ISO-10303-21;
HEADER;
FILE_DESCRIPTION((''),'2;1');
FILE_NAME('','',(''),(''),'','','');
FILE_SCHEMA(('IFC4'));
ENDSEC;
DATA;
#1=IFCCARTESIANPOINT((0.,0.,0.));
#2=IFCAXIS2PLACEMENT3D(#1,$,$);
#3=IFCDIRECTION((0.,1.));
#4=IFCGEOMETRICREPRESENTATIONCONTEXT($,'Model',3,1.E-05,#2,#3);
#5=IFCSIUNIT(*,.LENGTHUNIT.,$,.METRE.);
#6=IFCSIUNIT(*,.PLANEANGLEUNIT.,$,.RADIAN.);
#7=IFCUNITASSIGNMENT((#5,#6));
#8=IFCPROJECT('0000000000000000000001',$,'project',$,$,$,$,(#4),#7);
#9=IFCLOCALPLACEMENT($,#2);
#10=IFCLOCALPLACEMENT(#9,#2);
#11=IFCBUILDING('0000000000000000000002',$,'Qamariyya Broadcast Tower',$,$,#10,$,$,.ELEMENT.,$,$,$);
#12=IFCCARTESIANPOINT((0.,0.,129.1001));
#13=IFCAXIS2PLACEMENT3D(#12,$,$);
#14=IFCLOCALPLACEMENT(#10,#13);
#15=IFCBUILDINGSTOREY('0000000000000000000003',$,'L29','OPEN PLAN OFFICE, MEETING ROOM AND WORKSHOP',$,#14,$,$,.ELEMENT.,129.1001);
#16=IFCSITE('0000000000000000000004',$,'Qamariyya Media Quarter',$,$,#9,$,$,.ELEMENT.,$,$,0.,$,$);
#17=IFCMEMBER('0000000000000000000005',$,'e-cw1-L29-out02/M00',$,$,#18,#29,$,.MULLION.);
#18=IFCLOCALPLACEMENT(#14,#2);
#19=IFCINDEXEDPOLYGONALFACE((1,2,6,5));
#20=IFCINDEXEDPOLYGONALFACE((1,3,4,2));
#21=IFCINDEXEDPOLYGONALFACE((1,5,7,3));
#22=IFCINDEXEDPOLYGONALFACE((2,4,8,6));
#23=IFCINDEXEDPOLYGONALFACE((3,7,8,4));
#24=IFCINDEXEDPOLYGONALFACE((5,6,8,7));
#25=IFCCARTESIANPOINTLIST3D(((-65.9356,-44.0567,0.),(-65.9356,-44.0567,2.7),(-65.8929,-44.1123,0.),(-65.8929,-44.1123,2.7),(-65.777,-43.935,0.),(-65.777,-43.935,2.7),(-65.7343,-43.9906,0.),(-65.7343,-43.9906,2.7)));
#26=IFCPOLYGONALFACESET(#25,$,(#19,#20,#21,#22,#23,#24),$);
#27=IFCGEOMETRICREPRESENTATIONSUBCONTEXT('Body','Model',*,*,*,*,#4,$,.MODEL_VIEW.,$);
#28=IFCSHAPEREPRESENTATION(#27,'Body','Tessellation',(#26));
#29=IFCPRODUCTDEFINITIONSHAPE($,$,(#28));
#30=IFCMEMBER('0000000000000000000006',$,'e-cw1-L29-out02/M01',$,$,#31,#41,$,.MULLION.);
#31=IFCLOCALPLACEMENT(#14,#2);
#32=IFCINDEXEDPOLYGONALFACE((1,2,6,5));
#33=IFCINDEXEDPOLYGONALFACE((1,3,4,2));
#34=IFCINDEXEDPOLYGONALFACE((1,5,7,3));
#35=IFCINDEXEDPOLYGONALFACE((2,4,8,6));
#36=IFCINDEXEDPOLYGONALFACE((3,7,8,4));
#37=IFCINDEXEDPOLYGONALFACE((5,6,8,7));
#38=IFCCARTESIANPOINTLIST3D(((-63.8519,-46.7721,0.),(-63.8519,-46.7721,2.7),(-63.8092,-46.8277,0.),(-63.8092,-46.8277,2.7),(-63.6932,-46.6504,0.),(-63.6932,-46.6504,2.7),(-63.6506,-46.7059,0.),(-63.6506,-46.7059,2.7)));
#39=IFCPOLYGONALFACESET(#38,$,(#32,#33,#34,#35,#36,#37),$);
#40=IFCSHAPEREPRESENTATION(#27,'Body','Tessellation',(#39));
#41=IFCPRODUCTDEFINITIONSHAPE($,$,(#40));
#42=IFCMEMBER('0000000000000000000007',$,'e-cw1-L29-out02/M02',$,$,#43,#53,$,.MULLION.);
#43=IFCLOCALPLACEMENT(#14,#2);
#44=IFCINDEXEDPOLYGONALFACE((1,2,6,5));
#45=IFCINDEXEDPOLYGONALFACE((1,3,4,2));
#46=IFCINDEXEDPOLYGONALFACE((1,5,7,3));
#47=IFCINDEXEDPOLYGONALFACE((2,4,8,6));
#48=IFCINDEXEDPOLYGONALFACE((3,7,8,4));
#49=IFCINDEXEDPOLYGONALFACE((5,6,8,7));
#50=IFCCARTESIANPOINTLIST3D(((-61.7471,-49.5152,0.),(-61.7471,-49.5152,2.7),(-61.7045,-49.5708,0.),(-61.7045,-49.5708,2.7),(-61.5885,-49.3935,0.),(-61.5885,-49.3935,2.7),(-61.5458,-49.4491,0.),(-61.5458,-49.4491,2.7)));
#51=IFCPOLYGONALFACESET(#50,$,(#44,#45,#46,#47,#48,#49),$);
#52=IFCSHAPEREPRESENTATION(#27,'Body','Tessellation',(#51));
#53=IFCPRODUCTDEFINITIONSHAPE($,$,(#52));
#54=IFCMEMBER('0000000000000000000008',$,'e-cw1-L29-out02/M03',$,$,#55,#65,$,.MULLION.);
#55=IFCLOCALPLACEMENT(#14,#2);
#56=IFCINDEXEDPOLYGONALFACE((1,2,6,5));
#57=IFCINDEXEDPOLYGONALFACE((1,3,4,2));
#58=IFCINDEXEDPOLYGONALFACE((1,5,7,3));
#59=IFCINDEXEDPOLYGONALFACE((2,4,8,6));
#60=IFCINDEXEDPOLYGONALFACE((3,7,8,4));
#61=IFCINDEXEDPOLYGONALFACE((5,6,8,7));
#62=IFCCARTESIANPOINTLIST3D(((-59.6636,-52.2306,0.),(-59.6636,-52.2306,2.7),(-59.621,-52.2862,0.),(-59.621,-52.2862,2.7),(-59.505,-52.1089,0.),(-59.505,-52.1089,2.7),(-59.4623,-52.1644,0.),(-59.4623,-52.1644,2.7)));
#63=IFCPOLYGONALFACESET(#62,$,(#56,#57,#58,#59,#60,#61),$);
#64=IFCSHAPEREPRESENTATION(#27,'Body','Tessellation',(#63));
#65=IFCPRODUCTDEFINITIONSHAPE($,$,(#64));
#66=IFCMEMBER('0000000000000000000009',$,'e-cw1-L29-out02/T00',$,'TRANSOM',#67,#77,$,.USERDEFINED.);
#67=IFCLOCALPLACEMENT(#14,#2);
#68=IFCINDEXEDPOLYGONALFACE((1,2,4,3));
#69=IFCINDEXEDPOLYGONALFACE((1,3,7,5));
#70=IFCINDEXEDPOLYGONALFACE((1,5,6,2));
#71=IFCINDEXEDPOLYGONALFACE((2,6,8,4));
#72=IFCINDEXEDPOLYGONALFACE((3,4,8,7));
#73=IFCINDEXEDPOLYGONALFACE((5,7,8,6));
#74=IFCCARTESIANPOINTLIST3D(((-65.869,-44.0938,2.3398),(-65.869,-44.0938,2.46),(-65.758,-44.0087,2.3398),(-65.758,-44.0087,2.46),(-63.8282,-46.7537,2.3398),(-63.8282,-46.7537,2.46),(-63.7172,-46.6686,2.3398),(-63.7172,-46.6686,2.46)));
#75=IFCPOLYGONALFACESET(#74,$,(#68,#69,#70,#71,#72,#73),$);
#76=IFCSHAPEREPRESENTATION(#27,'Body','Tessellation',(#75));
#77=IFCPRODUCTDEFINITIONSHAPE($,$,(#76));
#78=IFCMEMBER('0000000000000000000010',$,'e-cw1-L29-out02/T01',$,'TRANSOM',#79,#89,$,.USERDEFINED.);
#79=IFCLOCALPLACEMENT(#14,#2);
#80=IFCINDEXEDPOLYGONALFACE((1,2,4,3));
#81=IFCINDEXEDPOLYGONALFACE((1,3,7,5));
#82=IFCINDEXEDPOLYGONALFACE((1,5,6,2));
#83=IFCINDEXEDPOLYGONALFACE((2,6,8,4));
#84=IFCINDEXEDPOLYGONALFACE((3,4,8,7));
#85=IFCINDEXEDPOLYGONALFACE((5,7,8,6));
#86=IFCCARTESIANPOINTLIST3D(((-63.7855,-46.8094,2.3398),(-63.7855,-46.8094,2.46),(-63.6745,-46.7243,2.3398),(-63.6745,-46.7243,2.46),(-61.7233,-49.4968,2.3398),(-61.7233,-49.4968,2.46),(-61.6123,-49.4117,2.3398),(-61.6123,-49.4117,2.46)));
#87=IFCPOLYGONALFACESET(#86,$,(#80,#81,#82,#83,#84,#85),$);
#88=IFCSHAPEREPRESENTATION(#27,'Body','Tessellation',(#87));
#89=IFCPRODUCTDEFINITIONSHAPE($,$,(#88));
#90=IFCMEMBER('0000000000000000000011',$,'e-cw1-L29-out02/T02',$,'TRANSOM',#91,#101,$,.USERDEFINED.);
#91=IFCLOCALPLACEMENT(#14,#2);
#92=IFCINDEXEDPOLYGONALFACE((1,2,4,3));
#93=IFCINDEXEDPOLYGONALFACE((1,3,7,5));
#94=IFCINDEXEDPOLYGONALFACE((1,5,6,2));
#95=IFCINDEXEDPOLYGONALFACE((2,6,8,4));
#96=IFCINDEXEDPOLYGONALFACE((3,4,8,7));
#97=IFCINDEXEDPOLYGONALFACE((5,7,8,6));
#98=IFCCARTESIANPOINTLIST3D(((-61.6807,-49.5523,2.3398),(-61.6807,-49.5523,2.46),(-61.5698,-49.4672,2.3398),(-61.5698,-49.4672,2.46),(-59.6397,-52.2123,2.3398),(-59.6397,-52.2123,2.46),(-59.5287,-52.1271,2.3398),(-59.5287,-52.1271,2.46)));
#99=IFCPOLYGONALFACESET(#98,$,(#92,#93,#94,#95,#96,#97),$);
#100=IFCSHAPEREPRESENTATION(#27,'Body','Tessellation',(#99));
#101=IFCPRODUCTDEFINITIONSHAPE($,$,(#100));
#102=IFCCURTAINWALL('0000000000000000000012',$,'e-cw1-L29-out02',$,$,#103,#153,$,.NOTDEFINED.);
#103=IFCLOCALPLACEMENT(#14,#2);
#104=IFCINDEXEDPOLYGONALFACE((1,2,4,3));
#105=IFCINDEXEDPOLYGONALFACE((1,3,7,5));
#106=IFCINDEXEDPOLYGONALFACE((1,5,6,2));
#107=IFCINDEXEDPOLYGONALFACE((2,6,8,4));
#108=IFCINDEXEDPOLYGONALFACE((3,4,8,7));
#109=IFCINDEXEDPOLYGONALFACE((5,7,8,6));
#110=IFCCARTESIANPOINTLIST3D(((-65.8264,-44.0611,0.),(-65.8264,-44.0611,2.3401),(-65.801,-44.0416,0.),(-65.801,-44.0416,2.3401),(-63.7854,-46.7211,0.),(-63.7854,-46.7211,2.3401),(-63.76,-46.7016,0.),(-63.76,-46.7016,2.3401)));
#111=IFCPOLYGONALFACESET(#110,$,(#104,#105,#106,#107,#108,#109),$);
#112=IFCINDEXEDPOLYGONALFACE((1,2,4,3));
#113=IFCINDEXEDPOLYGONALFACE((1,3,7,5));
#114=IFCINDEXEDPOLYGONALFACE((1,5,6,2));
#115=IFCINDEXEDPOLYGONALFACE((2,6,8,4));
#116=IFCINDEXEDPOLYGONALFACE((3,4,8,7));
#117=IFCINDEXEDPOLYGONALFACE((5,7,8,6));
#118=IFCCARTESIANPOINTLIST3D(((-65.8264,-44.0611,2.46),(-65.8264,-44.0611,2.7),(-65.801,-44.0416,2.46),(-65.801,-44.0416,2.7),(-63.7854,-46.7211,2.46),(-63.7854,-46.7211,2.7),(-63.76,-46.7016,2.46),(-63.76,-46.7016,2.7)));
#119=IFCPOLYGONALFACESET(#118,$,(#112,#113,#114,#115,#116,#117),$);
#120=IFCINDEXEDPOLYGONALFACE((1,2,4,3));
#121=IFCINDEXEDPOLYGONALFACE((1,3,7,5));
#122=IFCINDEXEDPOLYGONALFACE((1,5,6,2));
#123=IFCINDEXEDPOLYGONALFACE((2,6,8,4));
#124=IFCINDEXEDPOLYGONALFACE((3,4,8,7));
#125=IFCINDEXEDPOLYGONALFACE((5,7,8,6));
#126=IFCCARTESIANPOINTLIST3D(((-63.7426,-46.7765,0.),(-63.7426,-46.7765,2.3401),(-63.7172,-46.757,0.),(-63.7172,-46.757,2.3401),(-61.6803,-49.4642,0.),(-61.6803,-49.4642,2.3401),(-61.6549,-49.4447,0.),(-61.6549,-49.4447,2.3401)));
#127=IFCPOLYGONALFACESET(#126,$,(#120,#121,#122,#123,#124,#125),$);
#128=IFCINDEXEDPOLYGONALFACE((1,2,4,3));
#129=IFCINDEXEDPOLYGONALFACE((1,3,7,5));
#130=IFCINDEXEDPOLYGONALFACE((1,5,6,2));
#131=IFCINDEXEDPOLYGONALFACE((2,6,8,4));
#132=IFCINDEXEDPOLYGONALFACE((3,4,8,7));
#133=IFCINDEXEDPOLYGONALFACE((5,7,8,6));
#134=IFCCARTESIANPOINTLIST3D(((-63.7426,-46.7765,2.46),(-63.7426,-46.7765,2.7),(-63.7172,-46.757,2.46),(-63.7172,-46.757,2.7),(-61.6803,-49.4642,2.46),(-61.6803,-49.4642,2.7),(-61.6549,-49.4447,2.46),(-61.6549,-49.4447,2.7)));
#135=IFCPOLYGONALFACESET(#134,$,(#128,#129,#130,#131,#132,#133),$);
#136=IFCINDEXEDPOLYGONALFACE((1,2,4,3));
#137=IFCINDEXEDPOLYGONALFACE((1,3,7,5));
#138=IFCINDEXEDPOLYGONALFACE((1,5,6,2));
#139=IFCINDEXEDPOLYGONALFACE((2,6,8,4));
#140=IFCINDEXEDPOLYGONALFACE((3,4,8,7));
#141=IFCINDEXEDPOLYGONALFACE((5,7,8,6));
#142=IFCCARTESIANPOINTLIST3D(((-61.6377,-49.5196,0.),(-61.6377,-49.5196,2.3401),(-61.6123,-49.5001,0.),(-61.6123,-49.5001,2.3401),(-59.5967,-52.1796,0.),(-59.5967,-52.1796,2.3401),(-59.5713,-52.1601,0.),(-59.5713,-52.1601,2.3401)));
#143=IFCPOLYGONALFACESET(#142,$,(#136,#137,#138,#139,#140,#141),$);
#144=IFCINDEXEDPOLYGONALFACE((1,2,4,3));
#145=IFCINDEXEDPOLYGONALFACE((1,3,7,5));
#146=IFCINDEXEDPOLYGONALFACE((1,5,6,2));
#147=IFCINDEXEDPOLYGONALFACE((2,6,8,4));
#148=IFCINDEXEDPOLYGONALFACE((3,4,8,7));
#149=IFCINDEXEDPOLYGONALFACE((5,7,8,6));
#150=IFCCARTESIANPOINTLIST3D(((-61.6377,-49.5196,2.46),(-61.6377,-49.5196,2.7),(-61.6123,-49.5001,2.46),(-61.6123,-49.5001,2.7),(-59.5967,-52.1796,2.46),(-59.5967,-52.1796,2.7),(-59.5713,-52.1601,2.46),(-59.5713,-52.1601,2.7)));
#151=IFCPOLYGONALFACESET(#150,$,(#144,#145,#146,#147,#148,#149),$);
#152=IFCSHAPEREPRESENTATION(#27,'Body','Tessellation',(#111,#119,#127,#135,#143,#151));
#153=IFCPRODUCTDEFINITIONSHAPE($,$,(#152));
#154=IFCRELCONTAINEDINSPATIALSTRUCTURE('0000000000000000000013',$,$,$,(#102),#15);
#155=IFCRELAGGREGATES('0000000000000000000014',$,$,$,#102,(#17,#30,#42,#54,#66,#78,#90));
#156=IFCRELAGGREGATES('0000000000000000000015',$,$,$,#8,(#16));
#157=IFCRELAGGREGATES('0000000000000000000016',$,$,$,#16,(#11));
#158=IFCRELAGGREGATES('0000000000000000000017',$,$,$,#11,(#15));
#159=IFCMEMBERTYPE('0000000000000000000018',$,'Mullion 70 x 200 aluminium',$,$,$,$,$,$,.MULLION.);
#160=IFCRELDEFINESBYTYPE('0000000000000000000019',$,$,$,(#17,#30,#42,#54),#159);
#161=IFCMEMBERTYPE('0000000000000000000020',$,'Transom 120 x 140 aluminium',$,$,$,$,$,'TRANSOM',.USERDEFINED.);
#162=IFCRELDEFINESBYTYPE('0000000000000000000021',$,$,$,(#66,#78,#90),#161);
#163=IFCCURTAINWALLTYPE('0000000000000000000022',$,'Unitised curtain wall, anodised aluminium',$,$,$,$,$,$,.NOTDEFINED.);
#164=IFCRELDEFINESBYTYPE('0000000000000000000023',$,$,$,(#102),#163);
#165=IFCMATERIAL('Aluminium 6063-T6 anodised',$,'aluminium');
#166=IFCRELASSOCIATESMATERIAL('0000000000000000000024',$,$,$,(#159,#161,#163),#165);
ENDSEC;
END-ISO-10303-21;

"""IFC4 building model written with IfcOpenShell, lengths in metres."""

from ifc_helpers import new_model, si_unit, direction, frame, origin, origin_2d, place, context, subcontext, project, spatial, rectangle, extrude, material, material_profile, profile_set, type_object, element, aggregate, save


model = new_model("IFC4")

# Units and contexts
model_context = context("Model", 3, precision=1e-05, world=origin(), true_north=direction((0.0, 1.0)))
body_context = subcontext(model_context, "Body", "Model", "MODEL_VIEW")
ifc_project = project(units=[si_unit("LENGTHUNIT", "METRE"), si_unit("PLANEANGLEUNIT", "RADIAN")], contexts=[model_context])

# Members
ifc_material = material(Name="Aluminium 6063-T6 anodised", Category="aluminium")
ifc_material_profile_1 = material_profile(ifc_material, rectangle(XDim=0.2, YDim=0.0701, at=origin_2d()))
ifc_profile_set_1 = profile_set([ifc_material_profile_1], Name="Aluminium 6063-T6 anodised")
member_type_1 = type_object("IfcMemberType", Name="Mullion 70 x 200 aluminium", PredefinedType="MULLION", material=ifc_profile_set_1)
site_placement = place(None, origin())
building_placement = place(site_placement, origin())
storey_placement = place(building_placement, frame((0.0, 0.0, 129.1001)))
member_1_placement = place(storey_placement, frame((-65.835, -44.0237, 0.0), z_axis=(0.0, 0.0, 1.0), x_axis=(0.793353, 0.608761, 0.0)))
member_1 = element("IfcMember", 1, at=member_1_placement, type_object=member_type_1, Name="e-cw1-L29-out02/M00", PredefinedType="MULLION", context=body_context, shape_type="SweptSolid", body=[
    extrude(rectangle(XDim=0.2, YDim=0.0701, at=origin_2d()), origin(), (0.0, 0.0, 1.0), 2.7),
])
member_2_placement = place(storey_placement, frame((-63.7512, -46.739, 0.0), z_axis=(0.0, 0.0, 1.0), x_axis=(0.793353, 0.608761, 0.0)))
member_2 = element("IfcMember", 2, at=member_2_placement, type_object=member_type_1, Name="e-cw1-L29-out02/M01", PredefinedType="MULLION", context=body_context, shape_type="SweptSolid", body=[
    extrude(rectangle(XDim=0.2, YDim=0.0701, at=origin_2d()), origin(), (0.0, 0.0, 1.0), 2.7),
])
member_3_placement = place(storey_placement, frame((-61.6465, -49.4822, 0.0), z_axis=(0.0, 0.0, 1.0), x_axis=(0.793353, 0.608761, 0.0)))
member_3 = element("IfcMember", 3, at=member_3_placement, type_object=member_type_1, Name="e-cw1-L29-out02/M02", PredefinedType="MULLION", context=body_context, shape_type="SweptSolid", body=[
    extrude(rectangle(XDim=0.2, YDim=0.0701, at=origin_2d()), origin(), (0.0, 0.0, 1.0), 2.7),
])
member_4_placement = place(storey_placement, frame((-59.563, -52.1975, 0.0), z_axis=(0.0, 0.0, 1.0), x_axis=(0.793353, 0.608761, 0.0)))
member_4 = element("IfcMember", 4, at=member_4_placement, type_object=member_type_1, Name="e-cw1-L29-out02/M03", PredefinedType="MULLION", context=body_context, shape_type="SweptSolid", body=[
    extrude(rectangle(XDim=0.2, YDim=0.0701, at=origin_2d()), origin(), (0.0, 0.0, 1.0), 2.7),
])
ifc_material_profile_2 = material_profile(ifc_material, rectangle(XDim=0.1399, YDim=0.1201, at=origin_2d()))
ifc_profile_set_2 = profile_set([ifc_material_profile_2], Name="Aluminium 6063-T6 anodised")
member_type_2 = type_object("IfcMemberType", Name="Transom 120 x 140 aluminium", ElementType="TRANSOM", PredefinedType="USERDEFINED", material=ifc_profile_set_2)
member_5_placement = place(storey_placement, frame((-65.8135, -44.0513, 2.3999), z_axis=(0.608714, -0.793389, 0.0), x_axis=(0.793389, 0.608714, 0.0)))
member_5 = element("IfcMember", 5, at=member_5_placement, type_object=member_type_2, Name="e-cw1-L29-out02/T00", ObjectType="TRANSOM", PredefinedType="USERDEFINED", context=body_context, shape_type="SweptSolid", body=[
    extrude(rectangle(XDim=0.1399, YDim=0.1201, at=origin_2d()), origin(), (0.0, 0.0, 1.0), 3.3525),
])
member_6_placement = place(storey_placement, frame((-63.73, -46.7668, 2.3999), z_axis=(0.608773, -0.793344, 0.0), x_axis=(0.793344, 0.608773, 0.0)))
member_6 = element("IfcMember", 6, at=member_6_placement, type_object=member_type_2, Name="e-cw1-L29-out02/T01", ObjectType="TRANSOM", PredefinedType="USERDEFINED", context=body_context, shape_type="SweptSolid", body=[
    extrude(rectangle(XDim=0.1399, YDim=0.1201, at=origin_2d()), origin(), (0.0, 0.0, 1.0), 3.3875),
])
member_7_placement = place(storey_placement, frame((-61.6252, -49.5098, 2.3999), z_axis=(0.60876, -0.793354, 0.0), x_axis=(0.793354, 0.60876, 0.0)))
member_7 = element("IfcMember", 7, at=member_7_placement, type_object=member_type_2, Name="e-cw1-L29-out02/T02", ObjectType="TRANSOM", PredefinedType="USERDEFINED", context=body_context, shape_type="SweptSolid", body=[
    extrude(rectangle(XDim=0.1399, YDim=0.1201, at=origin_2d()), origin(), (0.0, 0.0, 1.0), 3.3528),
])

# Site, building, storey
site = spatial("IfcSite", under=ifc_project, at=site_placement, Name="Qamariyya Media Quarter", CompositionType="ELEMENT", RefElevation=0.0)
building = spatial("IfcBuilding", under=site, at=building_placement, Name="Qamariyya Broadcast Tower", CompositionType="ELEMENT")
storey = spatial("IfcBuildingStorey", under=building, at=storey_placement, Name="L29", Description="OPEN PLAN OFFICE, MEETING ROOM AND WORKSHOP", CompositionType="ELEMENT", Elevation=129.1001)

# Curtain wall
curtain_wall_type = type_object("IfcCurtainWallType", Name="Unitised curtain wall, anodised aluminium", PredefinedType="NOTDEFINED", material=ifc_material)
curtain_wall_1_placement = place(storey_placement, origin())
curtain_wall_1 = element("IfcCurtainWall", 8, at=curtain_wall_1_placement, inside=storey, type_object=curtain_wall_type, Name="e-cw1-L29-out02", PredefinedType="NOTDEFINED", context=body_context, shape_type="SweptSolid", body=[
    extrude(rectangle(XDim=3.3528, YDim=0.032, at=origin_2d()), frame((-64.7932, -45.3813, 0.0), x_axis=(0.608761, -0.793354, 0.0)), (0.0, 0.0, 1.0), 2.3401),
    extrude(rectangle(XDim=3.3528, YDim=0.032, at=origin_2d()), frame((-64.7932, -45.3813, 2.46), x_axis=(0.608761, -0.793354, 0.0)), (0.0, 0.0, 1.0), 0.24),
    extrude(rectangle(XDim=3.3877, YDim=0.032, at=origin_2d()), frame((-62.6987, -48.1106, 0.0), x_axis=(0.608761, -0.793354, 0.0)), (0.0, 0.0, 1.0), 2.3401),
    extrude(rectangle(XDim=3.3877, YDim=0.032, at=origin_2d()), frame((-62.6987, -48.1106, 2.46), x_axis=(0.608761, -0.793354, 0.0)), (0.0, 0.0, 1.0), 0.24),
    extrude(rectangle(XDim=3.3528, YDim=0.032, at=origin_2d()), frame((-60.6045, -50.8398, 0.0), x_axis=(0.608761, -0.793354, 0.0)), (0.0, 0.0, 1.0), 2.3401),
    extrude(rectangle(XDim=3.3528, YDim=0.032, at=origin_2d()), frame((-60.6045, -50.8398, 2.46), x_axis=(0.608761, -0.793354, 0.0)), (0.0, 0.0, 1.0), 0.24),
])
aggregate(curtain_wall_1, [member_1, member_2, member_3, member_4, member_5, member_6, member_7])

save(model, "model.ifc")
